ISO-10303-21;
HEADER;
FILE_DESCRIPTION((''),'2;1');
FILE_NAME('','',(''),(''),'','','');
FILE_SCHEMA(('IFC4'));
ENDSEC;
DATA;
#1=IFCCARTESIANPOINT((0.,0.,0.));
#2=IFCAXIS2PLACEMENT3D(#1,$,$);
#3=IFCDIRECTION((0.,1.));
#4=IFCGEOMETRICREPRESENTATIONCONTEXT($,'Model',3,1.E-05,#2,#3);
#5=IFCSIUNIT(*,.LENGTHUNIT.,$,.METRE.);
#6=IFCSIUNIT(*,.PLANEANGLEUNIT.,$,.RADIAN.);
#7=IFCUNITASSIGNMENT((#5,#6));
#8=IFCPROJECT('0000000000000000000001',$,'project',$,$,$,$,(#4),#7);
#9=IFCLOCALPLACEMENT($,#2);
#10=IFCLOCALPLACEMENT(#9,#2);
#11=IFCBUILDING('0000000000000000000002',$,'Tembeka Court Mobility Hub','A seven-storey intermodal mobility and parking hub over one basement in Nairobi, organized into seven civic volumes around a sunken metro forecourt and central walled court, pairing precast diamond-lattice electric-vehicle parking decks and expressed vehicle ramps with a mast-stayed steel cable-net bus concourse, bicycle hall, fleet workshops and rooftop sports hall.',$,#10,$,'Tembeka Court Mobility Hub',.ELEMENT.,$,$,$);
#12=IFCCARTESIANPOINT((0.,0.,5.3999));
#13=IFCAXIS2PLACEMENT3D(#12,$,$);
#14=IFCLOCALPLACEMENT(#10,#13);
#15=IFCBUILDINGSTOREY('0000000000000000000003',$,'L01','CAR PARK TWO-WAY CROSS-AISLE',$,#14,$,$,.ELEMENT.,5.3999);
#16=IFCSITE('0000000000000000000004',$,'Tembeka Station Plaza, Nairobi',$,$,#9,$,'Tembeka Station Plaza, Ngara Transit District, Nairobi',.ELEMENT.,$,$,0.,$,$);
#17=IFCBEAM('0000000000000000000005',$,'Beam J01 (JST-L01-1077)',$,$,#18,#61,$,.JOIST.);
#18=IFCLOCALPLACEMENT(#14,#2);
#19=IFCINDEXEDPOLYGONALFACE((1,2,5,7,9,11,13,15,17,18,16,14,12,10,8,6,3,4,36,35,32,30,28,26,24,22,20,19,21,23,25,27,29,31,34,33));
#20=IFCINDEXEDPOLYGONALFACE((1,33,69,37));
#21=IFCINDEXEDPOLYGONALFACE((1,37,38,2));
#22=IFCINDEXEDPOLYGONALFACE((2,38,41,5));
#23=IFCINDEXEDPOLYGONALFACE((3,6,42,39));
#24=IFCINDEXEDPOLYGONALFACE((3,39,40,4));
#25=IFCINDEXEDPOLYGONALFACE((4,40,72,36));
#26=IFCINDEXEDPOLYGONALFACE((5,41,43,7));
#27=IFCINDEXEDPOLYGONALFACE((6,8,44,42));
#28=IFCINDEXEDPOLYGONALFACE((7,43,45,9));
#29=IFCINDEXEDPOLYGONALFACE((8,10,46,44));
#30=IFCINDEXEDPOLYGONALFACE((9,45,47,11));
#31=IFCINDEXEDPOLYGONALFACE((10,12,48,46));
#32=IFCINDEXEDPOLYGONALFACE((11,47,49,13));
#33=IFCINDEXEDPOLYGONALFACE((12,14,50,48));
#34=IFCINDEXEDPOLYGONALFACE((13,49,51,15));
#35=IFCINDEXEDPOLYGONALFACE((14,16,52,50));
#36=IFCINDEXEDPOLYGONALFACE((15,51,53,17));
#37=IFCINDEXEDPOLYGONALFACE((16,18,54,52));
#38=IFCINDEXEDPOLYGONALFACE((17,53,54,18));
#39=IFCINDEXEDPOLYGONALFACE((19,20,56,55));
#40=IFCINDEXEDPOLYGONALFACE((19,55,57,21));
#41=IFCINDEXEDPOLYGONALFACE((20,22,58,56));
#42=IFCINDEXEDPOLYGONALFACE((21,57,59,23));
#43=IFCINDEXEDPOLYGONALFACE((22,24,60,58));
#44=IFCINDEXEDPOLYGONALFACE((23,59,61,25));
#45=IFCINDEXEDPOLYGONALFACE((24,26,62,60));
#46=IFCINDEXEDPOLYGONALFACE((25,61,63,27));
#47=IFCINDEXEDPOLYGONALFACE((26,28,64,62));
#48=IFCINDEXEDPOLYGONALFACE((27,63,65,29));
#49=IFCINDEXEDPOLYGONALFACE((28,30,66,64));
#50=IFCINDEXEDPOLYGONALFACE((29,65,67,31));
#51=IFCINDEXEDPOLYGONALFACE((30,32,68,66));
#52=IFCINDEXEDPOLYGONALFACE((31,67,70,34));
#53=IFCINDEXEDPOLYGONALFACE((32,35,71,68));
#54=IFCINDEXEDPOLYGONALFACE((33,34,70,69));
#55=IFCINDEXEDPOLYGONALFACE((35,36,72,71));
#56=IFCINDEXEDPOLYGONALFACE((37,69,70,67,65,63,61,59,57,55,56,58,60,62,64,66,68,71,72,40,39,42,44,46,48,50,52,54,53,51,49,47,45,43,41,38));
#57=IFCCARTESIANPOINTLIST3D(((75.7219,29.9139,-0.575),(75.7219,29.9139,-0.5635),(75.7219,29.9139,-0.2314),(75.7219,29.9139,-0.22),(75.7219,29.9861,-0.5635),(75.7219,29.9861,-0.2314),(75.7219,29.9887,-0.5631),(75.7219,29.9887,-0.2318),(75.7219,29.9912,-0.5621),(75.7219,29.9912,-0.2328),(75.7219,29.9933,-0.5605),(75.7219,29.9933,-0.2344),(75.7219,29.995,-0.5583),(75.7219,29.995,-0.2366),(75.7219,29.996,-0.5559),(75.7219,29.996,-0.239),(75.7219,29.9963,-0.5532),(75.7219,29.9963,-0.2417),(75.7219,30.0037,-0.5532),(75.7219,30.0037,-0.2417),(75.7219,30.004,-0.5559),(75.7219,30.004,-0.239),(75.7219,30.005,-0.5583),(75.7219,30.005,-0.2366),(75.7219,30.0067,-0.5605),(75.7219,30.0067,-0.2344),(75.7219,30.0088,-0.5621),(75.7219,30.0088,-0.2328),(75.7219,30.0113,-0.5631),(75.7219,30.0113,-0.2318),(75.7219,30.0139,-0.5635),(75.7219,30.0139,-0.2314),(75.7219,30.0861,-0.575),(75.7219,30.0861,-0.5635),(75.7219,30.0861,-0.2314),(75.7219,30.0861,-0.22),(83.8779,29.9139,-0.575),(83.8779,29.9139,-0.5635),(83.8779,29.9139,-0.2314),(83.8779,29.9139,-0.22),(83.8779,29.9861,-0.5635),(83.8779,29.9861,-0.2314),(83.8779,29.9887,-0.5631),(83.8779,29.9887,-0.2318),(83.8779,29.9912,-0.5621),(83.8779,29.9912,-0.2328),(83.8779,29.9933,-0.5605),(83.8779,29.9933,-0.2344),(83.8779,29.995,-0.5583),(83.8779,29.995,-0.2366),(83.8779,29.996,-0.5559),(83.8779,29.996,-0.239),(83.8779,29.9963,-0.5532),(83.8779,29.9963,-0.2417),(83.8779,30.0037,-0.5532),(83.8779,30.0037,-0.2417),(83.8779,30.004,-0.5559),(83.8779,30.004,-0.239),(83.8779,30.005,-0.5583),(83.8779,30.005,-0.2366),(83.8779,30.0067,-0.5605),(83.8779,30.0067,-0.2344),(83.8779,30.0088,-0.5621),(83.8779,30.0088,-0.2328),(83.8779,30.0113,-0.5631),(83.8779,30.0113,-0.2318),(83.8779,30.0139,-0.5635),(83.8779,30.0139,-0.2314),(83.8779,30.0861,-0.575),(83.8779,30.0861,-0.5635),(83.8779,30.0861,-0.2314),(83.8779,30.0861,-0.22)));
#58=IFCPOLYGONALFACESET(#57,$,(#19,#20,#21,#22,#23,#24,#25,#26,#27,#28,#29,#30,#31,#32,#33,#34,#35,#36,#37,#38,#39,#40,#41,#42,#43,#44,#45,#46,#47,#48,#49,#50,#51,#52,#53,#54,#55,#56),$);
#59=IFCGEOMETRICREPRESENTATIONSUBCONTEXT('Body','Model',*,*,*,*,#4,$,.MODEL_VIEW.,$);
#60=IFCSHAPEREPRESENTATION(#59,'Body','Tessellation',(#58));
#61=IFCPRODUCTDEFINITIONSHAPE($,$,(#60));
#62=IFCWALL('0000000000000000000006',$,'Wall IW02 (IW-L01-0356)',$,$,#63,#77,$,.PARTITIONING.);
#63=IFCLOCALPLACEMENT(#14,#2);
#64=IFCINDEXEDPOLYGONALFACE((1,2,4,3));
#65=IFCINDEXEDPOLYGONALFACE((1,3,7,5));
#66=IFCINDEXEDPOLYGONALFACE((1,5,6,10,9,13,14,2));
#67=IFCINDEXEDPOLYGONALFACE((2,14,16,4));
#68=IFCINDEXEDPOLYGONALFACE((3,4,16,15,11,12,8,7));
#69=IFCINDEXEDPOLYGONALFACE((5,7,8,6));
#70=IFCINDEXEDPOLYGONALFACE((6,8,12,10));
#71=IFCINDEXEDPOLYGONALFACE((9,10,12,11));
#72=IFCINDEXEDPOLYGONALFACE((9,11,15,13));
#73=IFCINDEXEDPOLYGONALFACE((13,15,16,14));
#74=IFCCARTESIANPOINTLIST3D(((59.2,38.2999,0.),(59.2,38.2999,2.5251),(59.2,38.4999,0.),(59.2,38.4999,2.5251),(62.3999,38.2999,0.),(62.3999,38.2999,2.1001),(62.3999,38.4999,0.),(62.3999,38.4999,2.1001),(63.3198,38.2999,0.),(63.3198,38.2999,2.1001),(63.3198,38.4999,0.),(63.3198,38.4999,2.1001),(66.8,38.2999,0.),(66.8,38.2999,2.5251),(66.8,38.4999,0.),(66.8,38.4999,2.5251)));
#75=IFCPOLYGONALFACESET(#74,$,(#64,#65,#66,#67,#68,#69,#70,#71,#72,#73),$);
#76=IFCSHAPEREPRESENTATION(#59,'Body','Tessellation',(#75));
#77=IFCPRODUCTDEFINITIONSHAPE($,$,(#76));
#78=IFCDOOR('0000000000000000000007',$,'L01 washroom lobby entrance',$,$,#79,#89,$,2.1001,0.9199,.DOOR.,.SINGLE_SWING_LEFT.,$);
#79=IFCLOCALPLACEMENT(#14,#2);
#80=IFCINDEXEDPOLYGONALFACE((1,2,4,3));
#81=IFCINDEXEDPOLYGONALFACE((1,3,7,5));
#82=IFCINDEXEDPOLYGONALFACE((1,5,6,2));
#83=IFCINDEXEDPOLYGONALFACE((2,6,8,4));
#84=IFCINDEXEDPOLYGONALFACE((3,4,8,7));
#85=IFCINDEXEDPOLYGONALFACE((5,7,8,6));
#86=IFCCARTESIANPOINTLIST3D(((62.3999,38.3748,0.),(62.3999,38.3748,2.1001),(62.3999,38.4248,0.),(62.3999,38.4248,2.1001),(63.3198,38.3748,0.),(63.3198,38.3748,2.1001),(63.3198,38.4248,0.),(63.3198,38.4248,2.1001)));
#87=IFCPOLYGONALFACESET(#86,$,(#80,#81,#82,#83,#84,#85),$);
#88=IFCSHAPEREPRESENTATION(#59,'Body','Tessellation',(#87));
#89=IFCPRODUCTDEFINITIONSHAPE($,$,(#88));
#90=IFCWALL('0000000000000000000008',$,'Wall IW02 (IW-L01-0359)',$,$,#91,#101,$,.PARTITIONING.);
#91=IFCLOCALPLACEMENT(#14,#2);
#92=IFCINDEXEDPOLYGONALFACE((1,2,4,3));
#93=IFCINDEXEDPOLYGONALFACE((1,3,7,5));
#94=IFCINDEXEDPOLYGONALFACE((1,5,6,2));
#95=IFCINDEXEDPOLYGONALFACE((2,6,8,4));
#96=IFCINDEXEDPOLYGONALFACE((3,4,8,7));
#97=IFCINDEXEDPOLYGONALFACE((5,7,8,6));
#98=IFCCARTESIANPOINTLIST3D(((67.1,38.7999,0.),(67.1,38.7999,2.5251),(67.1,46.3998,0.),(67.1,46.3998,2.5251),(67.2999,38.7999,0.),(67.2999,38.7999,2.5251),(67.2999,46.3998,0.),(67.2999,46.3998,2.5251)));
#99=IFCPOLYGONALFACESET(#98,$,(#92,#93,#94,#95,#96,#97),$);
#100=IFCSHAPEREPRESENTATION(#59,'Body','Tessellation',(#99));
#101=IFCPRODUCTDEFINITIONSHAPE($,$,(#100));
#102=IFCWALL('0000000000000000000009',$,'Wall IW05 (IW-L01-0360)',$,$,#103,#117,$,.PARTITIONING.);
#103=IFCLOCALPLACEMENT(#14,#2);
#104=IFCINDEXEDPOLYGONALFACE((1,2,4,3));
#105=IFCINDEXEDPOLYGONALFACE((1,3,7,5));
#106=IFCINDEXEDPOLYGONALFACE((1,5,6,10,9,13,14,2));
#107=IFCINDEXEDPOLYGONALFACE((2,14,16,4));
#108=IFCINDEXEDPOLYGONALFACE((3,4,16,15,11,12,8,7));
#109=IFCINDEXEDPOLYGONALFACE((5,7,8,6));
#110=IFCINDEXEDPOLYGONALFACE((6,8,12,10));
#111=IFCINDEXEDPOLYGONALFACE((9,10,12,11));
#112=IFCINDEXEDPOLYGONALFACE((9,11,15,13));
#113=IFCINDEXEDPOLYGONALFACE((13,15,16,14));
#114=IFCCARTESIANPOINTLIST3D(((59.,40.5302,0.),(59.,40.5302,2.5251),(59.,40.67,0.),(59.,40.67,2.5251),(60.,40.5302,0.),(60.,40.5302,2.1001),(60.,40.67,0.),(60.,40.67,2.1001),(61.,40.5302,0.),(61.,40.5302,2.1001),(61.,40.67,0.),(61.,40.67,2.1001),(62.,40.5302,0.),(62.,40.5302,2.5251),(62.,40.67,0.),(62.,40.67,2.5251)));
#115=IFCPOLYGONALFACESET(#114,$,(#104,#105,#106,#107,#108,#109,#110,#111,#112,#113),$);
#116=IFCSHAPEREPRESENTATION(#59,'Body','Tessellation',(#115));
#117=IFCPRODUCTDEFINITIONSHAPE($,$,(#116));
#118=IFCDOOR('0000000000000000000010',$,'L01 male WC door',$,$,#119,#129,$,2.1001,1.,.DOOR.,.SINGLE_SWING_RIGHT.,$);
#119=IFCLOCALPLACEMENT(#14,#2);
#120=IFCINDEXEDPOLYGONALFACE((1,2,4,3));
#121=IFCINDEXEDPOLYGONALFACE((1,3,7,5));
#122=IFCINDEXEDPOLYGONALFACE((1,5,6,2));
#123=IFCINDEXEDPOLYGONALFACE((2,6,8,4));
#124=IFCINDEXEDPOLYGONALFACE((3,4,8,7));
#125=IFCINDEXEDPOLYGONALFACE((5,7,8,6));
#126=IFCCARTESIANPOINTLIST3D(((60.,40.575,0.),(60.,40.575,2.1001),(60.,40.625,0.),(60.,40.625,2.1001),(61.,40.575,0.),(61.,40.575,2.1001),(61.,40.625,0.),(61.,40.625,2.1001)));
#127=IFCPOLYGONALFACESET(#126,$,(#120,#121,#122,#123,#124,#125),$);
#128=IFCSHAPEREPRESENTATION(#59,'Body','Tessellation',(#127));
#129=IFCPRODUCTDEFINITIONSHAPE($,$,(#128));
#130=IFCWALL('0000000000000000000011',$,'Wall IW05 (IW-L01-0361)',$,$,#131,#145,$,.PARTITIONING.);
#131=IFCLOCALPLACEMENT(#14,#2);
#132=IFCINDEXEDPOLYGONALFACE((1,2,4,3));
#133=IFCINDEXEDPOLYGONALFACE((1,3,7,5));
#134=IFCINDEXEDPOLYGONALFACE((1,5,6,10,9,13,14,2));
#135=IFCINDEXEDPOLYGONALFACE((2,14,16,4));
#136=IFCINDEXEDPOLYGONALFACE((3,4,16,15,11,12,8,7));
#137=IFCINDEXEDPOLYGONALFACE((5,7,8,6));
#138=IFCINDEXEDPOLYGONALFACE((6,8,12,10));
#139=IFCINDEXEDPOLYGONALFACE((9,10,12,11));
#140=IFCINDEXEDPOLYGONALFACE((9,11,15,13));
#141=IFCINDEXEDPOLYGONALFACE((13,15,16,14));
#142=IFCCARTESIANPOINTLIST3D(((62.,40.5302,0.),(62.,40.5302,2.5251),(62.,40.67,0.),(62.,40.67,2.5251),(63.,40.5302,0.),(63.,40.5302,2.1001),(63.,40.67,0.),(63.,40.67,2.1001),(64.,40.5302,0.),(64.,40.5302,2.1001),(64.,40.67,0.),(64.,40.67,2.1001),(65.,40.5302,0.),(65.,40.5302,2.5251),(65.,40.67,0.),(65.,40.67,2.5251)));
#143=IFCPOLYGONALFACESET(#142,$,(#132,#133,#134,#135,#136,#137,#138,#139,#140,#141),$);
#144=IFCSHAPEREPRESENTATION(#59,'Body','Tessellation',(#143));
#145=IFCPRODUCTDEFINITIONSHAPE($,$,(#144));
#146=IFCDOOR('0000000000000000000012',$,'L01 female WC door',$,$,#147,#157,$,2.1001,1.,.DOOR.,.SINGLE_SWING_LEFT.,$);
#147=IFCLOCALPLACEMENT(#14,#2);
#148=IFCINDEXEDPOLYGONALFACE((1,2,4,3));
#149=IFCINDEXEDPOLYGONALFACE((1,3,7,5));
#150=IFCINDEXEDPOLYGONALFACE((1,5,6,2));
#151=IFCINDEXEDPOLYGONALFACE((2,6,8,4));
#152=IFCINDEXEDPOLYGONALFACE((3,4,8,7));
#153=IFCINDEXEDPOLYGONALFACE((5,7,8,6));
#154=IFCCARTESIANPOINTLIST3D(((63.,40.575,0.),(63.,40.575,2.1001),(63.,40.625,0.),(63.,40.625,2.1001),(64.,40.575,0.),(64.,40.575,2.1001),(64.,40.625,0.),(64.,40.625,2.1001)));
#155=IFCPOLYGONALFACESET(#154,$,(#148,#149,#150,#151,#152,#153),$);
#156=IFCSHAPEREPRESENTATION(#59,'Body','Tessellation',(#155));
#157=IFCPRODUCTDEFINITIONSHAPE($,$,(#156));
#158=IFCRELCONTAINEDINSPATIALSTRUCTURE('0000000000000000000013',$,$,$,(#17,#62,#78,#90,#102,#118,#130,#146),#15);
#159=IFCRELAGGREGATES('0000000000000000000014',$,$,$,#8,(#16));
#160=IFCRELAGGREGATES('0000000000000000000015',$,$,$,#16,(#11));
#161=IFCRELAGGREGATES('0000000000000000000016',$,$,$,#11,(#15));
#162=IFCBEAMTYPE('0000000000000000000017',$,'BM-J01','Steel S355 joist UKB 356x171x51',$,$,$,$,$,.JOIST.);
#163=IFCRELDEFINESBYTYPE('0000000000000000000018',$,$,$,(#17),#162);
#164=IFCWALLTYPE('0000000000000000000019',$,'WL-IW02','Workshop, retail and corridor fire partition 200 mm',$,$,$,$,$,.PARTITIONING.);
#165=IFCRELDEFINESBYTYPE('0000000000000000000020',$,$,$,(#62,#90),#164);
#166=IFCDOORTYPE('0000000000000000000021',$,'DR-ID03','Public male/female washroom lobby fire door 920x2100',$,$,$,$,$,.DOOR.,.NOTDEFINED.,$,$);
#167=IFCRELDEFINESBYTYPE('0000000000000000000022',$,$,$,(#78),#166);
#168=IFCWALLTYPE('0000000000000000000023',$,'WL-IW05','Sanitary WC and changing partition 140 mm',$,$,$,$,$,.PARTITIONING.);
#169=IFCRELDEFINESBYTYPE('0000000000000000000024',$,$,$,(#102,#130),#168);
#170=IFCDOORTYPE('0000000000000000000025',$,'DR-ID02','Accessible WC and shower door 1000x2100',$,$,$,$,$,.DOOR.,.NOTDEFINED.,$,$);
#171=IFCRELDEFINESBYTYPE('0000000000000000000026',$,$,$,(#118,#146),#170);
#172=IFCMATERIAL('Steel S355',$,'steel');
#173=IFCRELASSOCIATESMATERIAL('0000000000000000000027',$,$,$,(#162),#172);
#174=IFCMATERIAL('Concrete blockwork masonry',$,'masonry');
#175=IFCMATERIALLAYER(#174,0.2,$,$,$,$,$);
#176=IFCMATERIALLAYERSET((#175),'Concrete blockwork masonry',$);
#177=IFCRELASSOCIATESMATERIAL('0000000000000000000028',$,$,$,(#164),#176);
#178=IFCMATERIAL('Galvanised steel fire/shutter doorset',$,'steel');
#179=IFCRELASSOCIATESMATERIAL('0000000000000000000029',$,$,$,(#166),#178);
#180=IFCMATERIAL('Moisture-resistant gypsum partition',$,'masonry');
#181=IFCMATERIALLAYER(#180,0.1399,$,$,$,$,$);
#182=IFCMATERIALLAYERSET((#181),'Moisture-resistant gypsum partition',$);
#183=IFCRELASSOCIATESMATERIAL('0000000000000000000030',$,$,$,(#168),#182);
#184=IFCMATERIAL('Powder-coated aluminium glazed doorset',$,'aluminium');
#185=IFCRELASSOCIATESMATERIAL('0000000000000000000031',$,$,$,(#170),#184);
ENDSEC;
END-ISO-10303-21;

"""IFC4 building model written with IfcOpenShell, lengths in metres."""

from ifc_helpers import new_model, si_unit, direction, frame, frame_2d, origin, origin_2d, place, context, subcontext, project, spatial, rectangle, i_section, extrude, material, layer, layer_set, material_profile, profile_set, type_object, element, fill, save


model = new_model("IFC4")

# Units and contexts
model_context = context("Model", 3, precision=1e-05, world=origin(), true_north=direction((0.0, 1.0)))
body_context = subcontext(model_context, "Body", "Model", "MODEL_VIEW")
ifc_project = project(units=[si_unit("LENGTHUNIT", "METRE"), si_unit("PLANEANGLEUNIT", "RADIAN")], contexts=[model_context])

# Site, building, storey
site_placement = place(None, origin())
site = spatial("IfcSite", under=ifc_project, at=site_placement, Name="Tembeka Station Plaza, Nairobi", LongName="Tembeka Station Plaza, Ngara Transit District, Nairobi", CompositionType="ELEMENT", RefElevation=0.0)
building_placement = place(site_placement, origin())
building = spatial("IfcBuilding", under=site, at=building_placement, Name="Tembeka Court Mobility Hub", Description="A seven-storey intermodal mobility and parking hub over one basement in Nairobi, organized into seven civic volumes around a sunken metro forecourt and central walled court, pairing precast diamond-lattice electric-vehicle parking decks and expressed vehicle ramps with a mast-stayed steel cable-net bus concourse, bicycle hall, fleet workshops and rooftop sports hall.", LongName="Tembeka Court Mobility Hub", CompositionType="ELEMENT")
storey_placement = place(building_placement, frame((0.0, 0.0, 5.3999)))
storey = spatial("IfcBuildingStorey", under=building, at=storey_placement, Name="L01", Description="CAR PARK TWO-WAY CROSS-AISLE", CompositionType="ELEMENT", Elevation=5.3999)

# Shared definitions
ifc_material_1 = material(Name="Steel S355", Category="steel")

# Beam
ifc_material_profile_1 = material_profile(ifc_material_1, i_section(OverallWidth=0.1721, OverallDepth=0.355, WebThickness=0.0073, FlangeThickness=0.0115, FilletRadius=0.0103, at=origin_2d()), Name="UKB 356x171x51")
ifc_profile_set_1 = profile_set([ifc_material_profile_1], Name="Steel S355")
beam_type_1 = type_object("IfcBeamType", Name="BM-J01", Description="Steel S355 joist UKB 356x171x51", PredefinedType="JOIST", material=ifc_profile_set_1)
for number, where, z_axis, x_axis, name in (
    (1, (75.7219, 30.0, -0.3975), (1.0, 0.0, 0.0), (0.0, 1.0, 0.0), "Beam J01 (JST-L01-1077)"),
):
    element("IfcBeam", number, at=place(storey_placement, frame(where, z_axis=z_axis, x_axis=x_axis)), inside=storey, type_object=beam_type_1, Name=name, PredefinedType="JOIST", context=body_context, shape_type="SweptSolid", body=[
        extrude(i_section(OverallWidth=0.1721, OverallDepth=0.355, WebThickness=0.0073, FlangeThickness=0.0115, FilletRadius=0.0103, at=origin_2d()), origin(), (0.0, 0.0, 1.0), 8.156),
    ])

# Wall, opening, door
ifc_material_2 = material(Name="Concrete blockwork masonry", Category="masonry")
ifc_layer_1 = layer(ifc_material_2, 0.2)
ifc_layer_set_1 = layer_set([ifc_layer_1], Name="Concrete blockwork masonry")
wall_type_1 = type_object("IfcWallType", Name="WL-IW02", Description="Workshop, retail and corridor fire partition 200 mm", PredefinedType="PARTITIONING", material=ifc_layer_set_1)
wall_1_placement = place(storey_placement, frame((59.2, 38.3999, 0.0), z_axis=(0.0, 0.0, 1.0), x_axis=(1.0, 0.0, 0.0)))
wall_1 = element("IfcWall", 2, at=wall_1_placement, inside=storey, type_object=wall_type_1, Name="Wall IW02 (IW-L01-0356)", PredefinedType="PARTITIONING", context=body_context, shape_type="SweptSolid", body=[
    extrude(rectangle(XDim=7.6001, YDim=0.2, at=frame_2d((3.8, 0.0))), origin(), (0.0, 0.0, 1.0), 2.5251),
])
opening_1_placement = place(wall_1_placement, frame((3.2, 0.0, 0.0)))
opening_1 = element("IfcOpeningElement", 3, at=opening_1_placement, cuts=wall_1, PredefinedType="OPENING", context=body_context, shape_type="SweptSolid", body=[
    extrude(rectangle(XDim=0.9199, YDim=2.1001, at=frame_2d((0.46, 1.05))), frame((0.0, 0.1099, 0.0), z_axis=(0.0, -1.0, 0.0), x_axis=(1.0, 0.0, 0.0)), (0.0, 0.0, 1.0), 0.22),
])
ifc_material_3 = material(Name="Galvanised steel fire/shutter doorset", Category="steel")
door_type_1 = type_object("IfcDoorType", Name="DR-ID03", Description="Public male/female washroom lobby fire door 920x2100", OperationType="NOTDEFINED", PredefinedType="DOOR", material=ifc_material_3)
door_1_placement = place(opening_1_placement, origin())
door_1 = element("IfcDoor", 4, at=door_1_placement, inside=storey, type_object=door_type_1, Name="L01 washroom lobby entrance", OperationType="SINGLE_SWING_LEFT", OverallHeight=2.1001, OverallWidth=0.9199, PredefinedType="DOOR", context=body_context, shape_type="SweptSolid", body=[
    extrude(rectangle(XDim=0.9199, YDim=2.1001, at=frame_2d((0.46, 1.05))), frame((0.0, 0.0249, 0.0), z_axis=(0.0, -1.0, 0.0), x_axis=(1.0, 0.0, 0.0)), (0.0, 0.0, 1.0), 0.05),
])
fill(opening_1, door_1)

# Wall
wall_2_placement = place(storey_placement, frame((67.2, 38.8, 0.0), z_axis=(0.0, 0.0, 1.0), x_axis=(0.0, 1.0, 0.0)))
element("IfcWall", 5, at=wall_2_placement, inside=storey, type_object=wall_type_1, Name="Wall IW02 (IW-L01-0359)", PredefinedType="PARTITIONING", context=body_context, shape_type="SweptSolid", body=[
    extrude(rectangle(XDim=7.5999, YDim=0.2, at=frame_2d((3.7998, 0.0))), origin(), (0.0, 0.0, 1.0), 2.5251),
])

# Walls, openings, doors
ifc_material_4 = material(Name="Moisture-resistant gypsum partition", Category="masonry")
ifc_layer_2 = layer(ifc_material_4, 0.1399)
ifc_layer_set_2 = layer_set([ifc_layer_2], Name="Moisture-resistant gypsum partition")
wall_type_2 = type_object("IfcWallType", Name="WL-IW05", Description="Sanitary WC and changing partition 140 mm", PredefinedType="PARTITIONING", material=ifc_layer_set_2)
wall_3_placement = place(storey_placement, frame((59.0, 40.6001, 0.0), z_axis=(0.0, 0.0, 1.0), x_axis=(1.0, 0.0, 0.0)))
wall_3 = element("IfcWall", 6, at=wall_3_placement, inside=storey, type_object=wall_type_2, Name="Wall IW05 (IW-L01-0360)", PredefinedType="PARTITIONING", context=body_context, shape_type="SweptSolid", body=[
    extrude(rectangle(XDim=3.0, YDim=0.1399, at=frame_2d((1.5, 0.0))), origin(), (0.0, 0.0, 1.0), 2.5251),
])
opening_2_placement = place(wall_3_placement, frame((1.0, 0.0, 0.0)))
opening_2 = element("IfcOpeningElement", 7, at=opening_2_placement, cuts=wall_3, PredefinedType="OPENING", context=body_context, shape_type="SweptSolid", body=[
    extrude(rectangle(XDim=1.0, YDim=2.1001, at=frame_2d((0.5, 1.05))), frame((0.0, 0.0801, 0.0), z_axis=(0.0, -1.0, 0.0), x_axis=(1.0, 0.0, 0.0)), (0.0, 0.0, 1.0), 0.1599),
])
ifc_material_5 = material(Name="Powder-coated aluminium glazed doorset", Category="aluminium")
door_type_2 = type_object("IfcDoorType", Name="DR-ID02", Description="Accessible WC and shower door 1000x2100", OperationType="NOTDEFINED", PredefinedType="DOOR", material=ifc_material_5)
door_2_placement = place(opening_2_placement, origin())
door_2 = element("IfcDoor", 8, at=door_2_placement, inside=storey, type_object=door_type_2, Name="L01 male WC door", OperationType="SINGLE_SWING_RIGHT", OverallHeight=2.1001, OverallWidth=1.0, PredefinedType="DOOR", context=body_context, shape_type="SweptSolid", body=[
    extrude(rectangle(XDim=1.0, YDim=2.1001, at=frame_2d((0.5, 1.05))), frame((0.0, 0.0249, 0.0), z_axis=(0.0, -1.0, 0.0), x_axis=(1.0, 0.0, 0.0)), (0.0, 0.0, 1.0), 0.05),
])
fill(opening_2, door_2)
wall_4_placement = place(storey_placement, frame((62.0, 40.6001, 0.0), z_axis=(0.0, 0.0, 1.0), x_axis=(1.0, 0.0, 0.0)))
wall_4 = element("IfcWall", 9, at=wall_4_placement, inside=storey, type_object=wall_type_2, Name="Wall IW05 (IW-L01-0361)", PredefinedType="PARTITIONING", context=body_context, shape_type="SweptSolid", body=[
    extrude(rectangle(XDim=3.0, YDim=0.1399, at=frame_2d((1.5, 0.0))), origin(), (0.0, 0.0, 1.0), 2.5251),
])
opening_3_placement = place(wall_4_placement, frame((1.0, 0.0, 0.0)))
opening_3 = element("IfcOpeningElement", 10, at=opening_3_placement, cuts=wall_4, PredefinedType="OPENING", context=body_context, shape_type="SweptSolid", body=[
    extrude(rectangle(XDim=1.0, YDim=2.1001, at=frame_2d((0.5, 1.05))), frame((0.0, 0.0801, 0.0), z_axis=(0.0, -1.0, 0.0), x_axis=(1.0, 0.0, 0.0)), (0.0, 0.0, 1.0), 0.1599),
])
door_3_placement = place(opening_3_placement, origin())
door_3 = element("IfcDoor", 11, at=door_3_placement, inside=storey, type_object=door_type_2, Name="L01 female WC door", OperationType="SINGLE_SWING_LEFT", OverallHeight=2.1001, OverallWidth=1.0, PredefinedType="DOOR", context=body_context, shape_type="SweptSolid", body=[
    extrude(rectangle(XDim=1.0, YDim=2.1001, at=frame_2d((0.5, 1.05))), frame((0.0, 0.0249, 0.0), z_axis=(0.0, -1.0, 0.0), x_axis=(1.0, 0.0, 0.0)), (0.0, 0.0, 1.0), 0.05),
])
fill(opening_3, door_3)

save(model, "model.ifc")
